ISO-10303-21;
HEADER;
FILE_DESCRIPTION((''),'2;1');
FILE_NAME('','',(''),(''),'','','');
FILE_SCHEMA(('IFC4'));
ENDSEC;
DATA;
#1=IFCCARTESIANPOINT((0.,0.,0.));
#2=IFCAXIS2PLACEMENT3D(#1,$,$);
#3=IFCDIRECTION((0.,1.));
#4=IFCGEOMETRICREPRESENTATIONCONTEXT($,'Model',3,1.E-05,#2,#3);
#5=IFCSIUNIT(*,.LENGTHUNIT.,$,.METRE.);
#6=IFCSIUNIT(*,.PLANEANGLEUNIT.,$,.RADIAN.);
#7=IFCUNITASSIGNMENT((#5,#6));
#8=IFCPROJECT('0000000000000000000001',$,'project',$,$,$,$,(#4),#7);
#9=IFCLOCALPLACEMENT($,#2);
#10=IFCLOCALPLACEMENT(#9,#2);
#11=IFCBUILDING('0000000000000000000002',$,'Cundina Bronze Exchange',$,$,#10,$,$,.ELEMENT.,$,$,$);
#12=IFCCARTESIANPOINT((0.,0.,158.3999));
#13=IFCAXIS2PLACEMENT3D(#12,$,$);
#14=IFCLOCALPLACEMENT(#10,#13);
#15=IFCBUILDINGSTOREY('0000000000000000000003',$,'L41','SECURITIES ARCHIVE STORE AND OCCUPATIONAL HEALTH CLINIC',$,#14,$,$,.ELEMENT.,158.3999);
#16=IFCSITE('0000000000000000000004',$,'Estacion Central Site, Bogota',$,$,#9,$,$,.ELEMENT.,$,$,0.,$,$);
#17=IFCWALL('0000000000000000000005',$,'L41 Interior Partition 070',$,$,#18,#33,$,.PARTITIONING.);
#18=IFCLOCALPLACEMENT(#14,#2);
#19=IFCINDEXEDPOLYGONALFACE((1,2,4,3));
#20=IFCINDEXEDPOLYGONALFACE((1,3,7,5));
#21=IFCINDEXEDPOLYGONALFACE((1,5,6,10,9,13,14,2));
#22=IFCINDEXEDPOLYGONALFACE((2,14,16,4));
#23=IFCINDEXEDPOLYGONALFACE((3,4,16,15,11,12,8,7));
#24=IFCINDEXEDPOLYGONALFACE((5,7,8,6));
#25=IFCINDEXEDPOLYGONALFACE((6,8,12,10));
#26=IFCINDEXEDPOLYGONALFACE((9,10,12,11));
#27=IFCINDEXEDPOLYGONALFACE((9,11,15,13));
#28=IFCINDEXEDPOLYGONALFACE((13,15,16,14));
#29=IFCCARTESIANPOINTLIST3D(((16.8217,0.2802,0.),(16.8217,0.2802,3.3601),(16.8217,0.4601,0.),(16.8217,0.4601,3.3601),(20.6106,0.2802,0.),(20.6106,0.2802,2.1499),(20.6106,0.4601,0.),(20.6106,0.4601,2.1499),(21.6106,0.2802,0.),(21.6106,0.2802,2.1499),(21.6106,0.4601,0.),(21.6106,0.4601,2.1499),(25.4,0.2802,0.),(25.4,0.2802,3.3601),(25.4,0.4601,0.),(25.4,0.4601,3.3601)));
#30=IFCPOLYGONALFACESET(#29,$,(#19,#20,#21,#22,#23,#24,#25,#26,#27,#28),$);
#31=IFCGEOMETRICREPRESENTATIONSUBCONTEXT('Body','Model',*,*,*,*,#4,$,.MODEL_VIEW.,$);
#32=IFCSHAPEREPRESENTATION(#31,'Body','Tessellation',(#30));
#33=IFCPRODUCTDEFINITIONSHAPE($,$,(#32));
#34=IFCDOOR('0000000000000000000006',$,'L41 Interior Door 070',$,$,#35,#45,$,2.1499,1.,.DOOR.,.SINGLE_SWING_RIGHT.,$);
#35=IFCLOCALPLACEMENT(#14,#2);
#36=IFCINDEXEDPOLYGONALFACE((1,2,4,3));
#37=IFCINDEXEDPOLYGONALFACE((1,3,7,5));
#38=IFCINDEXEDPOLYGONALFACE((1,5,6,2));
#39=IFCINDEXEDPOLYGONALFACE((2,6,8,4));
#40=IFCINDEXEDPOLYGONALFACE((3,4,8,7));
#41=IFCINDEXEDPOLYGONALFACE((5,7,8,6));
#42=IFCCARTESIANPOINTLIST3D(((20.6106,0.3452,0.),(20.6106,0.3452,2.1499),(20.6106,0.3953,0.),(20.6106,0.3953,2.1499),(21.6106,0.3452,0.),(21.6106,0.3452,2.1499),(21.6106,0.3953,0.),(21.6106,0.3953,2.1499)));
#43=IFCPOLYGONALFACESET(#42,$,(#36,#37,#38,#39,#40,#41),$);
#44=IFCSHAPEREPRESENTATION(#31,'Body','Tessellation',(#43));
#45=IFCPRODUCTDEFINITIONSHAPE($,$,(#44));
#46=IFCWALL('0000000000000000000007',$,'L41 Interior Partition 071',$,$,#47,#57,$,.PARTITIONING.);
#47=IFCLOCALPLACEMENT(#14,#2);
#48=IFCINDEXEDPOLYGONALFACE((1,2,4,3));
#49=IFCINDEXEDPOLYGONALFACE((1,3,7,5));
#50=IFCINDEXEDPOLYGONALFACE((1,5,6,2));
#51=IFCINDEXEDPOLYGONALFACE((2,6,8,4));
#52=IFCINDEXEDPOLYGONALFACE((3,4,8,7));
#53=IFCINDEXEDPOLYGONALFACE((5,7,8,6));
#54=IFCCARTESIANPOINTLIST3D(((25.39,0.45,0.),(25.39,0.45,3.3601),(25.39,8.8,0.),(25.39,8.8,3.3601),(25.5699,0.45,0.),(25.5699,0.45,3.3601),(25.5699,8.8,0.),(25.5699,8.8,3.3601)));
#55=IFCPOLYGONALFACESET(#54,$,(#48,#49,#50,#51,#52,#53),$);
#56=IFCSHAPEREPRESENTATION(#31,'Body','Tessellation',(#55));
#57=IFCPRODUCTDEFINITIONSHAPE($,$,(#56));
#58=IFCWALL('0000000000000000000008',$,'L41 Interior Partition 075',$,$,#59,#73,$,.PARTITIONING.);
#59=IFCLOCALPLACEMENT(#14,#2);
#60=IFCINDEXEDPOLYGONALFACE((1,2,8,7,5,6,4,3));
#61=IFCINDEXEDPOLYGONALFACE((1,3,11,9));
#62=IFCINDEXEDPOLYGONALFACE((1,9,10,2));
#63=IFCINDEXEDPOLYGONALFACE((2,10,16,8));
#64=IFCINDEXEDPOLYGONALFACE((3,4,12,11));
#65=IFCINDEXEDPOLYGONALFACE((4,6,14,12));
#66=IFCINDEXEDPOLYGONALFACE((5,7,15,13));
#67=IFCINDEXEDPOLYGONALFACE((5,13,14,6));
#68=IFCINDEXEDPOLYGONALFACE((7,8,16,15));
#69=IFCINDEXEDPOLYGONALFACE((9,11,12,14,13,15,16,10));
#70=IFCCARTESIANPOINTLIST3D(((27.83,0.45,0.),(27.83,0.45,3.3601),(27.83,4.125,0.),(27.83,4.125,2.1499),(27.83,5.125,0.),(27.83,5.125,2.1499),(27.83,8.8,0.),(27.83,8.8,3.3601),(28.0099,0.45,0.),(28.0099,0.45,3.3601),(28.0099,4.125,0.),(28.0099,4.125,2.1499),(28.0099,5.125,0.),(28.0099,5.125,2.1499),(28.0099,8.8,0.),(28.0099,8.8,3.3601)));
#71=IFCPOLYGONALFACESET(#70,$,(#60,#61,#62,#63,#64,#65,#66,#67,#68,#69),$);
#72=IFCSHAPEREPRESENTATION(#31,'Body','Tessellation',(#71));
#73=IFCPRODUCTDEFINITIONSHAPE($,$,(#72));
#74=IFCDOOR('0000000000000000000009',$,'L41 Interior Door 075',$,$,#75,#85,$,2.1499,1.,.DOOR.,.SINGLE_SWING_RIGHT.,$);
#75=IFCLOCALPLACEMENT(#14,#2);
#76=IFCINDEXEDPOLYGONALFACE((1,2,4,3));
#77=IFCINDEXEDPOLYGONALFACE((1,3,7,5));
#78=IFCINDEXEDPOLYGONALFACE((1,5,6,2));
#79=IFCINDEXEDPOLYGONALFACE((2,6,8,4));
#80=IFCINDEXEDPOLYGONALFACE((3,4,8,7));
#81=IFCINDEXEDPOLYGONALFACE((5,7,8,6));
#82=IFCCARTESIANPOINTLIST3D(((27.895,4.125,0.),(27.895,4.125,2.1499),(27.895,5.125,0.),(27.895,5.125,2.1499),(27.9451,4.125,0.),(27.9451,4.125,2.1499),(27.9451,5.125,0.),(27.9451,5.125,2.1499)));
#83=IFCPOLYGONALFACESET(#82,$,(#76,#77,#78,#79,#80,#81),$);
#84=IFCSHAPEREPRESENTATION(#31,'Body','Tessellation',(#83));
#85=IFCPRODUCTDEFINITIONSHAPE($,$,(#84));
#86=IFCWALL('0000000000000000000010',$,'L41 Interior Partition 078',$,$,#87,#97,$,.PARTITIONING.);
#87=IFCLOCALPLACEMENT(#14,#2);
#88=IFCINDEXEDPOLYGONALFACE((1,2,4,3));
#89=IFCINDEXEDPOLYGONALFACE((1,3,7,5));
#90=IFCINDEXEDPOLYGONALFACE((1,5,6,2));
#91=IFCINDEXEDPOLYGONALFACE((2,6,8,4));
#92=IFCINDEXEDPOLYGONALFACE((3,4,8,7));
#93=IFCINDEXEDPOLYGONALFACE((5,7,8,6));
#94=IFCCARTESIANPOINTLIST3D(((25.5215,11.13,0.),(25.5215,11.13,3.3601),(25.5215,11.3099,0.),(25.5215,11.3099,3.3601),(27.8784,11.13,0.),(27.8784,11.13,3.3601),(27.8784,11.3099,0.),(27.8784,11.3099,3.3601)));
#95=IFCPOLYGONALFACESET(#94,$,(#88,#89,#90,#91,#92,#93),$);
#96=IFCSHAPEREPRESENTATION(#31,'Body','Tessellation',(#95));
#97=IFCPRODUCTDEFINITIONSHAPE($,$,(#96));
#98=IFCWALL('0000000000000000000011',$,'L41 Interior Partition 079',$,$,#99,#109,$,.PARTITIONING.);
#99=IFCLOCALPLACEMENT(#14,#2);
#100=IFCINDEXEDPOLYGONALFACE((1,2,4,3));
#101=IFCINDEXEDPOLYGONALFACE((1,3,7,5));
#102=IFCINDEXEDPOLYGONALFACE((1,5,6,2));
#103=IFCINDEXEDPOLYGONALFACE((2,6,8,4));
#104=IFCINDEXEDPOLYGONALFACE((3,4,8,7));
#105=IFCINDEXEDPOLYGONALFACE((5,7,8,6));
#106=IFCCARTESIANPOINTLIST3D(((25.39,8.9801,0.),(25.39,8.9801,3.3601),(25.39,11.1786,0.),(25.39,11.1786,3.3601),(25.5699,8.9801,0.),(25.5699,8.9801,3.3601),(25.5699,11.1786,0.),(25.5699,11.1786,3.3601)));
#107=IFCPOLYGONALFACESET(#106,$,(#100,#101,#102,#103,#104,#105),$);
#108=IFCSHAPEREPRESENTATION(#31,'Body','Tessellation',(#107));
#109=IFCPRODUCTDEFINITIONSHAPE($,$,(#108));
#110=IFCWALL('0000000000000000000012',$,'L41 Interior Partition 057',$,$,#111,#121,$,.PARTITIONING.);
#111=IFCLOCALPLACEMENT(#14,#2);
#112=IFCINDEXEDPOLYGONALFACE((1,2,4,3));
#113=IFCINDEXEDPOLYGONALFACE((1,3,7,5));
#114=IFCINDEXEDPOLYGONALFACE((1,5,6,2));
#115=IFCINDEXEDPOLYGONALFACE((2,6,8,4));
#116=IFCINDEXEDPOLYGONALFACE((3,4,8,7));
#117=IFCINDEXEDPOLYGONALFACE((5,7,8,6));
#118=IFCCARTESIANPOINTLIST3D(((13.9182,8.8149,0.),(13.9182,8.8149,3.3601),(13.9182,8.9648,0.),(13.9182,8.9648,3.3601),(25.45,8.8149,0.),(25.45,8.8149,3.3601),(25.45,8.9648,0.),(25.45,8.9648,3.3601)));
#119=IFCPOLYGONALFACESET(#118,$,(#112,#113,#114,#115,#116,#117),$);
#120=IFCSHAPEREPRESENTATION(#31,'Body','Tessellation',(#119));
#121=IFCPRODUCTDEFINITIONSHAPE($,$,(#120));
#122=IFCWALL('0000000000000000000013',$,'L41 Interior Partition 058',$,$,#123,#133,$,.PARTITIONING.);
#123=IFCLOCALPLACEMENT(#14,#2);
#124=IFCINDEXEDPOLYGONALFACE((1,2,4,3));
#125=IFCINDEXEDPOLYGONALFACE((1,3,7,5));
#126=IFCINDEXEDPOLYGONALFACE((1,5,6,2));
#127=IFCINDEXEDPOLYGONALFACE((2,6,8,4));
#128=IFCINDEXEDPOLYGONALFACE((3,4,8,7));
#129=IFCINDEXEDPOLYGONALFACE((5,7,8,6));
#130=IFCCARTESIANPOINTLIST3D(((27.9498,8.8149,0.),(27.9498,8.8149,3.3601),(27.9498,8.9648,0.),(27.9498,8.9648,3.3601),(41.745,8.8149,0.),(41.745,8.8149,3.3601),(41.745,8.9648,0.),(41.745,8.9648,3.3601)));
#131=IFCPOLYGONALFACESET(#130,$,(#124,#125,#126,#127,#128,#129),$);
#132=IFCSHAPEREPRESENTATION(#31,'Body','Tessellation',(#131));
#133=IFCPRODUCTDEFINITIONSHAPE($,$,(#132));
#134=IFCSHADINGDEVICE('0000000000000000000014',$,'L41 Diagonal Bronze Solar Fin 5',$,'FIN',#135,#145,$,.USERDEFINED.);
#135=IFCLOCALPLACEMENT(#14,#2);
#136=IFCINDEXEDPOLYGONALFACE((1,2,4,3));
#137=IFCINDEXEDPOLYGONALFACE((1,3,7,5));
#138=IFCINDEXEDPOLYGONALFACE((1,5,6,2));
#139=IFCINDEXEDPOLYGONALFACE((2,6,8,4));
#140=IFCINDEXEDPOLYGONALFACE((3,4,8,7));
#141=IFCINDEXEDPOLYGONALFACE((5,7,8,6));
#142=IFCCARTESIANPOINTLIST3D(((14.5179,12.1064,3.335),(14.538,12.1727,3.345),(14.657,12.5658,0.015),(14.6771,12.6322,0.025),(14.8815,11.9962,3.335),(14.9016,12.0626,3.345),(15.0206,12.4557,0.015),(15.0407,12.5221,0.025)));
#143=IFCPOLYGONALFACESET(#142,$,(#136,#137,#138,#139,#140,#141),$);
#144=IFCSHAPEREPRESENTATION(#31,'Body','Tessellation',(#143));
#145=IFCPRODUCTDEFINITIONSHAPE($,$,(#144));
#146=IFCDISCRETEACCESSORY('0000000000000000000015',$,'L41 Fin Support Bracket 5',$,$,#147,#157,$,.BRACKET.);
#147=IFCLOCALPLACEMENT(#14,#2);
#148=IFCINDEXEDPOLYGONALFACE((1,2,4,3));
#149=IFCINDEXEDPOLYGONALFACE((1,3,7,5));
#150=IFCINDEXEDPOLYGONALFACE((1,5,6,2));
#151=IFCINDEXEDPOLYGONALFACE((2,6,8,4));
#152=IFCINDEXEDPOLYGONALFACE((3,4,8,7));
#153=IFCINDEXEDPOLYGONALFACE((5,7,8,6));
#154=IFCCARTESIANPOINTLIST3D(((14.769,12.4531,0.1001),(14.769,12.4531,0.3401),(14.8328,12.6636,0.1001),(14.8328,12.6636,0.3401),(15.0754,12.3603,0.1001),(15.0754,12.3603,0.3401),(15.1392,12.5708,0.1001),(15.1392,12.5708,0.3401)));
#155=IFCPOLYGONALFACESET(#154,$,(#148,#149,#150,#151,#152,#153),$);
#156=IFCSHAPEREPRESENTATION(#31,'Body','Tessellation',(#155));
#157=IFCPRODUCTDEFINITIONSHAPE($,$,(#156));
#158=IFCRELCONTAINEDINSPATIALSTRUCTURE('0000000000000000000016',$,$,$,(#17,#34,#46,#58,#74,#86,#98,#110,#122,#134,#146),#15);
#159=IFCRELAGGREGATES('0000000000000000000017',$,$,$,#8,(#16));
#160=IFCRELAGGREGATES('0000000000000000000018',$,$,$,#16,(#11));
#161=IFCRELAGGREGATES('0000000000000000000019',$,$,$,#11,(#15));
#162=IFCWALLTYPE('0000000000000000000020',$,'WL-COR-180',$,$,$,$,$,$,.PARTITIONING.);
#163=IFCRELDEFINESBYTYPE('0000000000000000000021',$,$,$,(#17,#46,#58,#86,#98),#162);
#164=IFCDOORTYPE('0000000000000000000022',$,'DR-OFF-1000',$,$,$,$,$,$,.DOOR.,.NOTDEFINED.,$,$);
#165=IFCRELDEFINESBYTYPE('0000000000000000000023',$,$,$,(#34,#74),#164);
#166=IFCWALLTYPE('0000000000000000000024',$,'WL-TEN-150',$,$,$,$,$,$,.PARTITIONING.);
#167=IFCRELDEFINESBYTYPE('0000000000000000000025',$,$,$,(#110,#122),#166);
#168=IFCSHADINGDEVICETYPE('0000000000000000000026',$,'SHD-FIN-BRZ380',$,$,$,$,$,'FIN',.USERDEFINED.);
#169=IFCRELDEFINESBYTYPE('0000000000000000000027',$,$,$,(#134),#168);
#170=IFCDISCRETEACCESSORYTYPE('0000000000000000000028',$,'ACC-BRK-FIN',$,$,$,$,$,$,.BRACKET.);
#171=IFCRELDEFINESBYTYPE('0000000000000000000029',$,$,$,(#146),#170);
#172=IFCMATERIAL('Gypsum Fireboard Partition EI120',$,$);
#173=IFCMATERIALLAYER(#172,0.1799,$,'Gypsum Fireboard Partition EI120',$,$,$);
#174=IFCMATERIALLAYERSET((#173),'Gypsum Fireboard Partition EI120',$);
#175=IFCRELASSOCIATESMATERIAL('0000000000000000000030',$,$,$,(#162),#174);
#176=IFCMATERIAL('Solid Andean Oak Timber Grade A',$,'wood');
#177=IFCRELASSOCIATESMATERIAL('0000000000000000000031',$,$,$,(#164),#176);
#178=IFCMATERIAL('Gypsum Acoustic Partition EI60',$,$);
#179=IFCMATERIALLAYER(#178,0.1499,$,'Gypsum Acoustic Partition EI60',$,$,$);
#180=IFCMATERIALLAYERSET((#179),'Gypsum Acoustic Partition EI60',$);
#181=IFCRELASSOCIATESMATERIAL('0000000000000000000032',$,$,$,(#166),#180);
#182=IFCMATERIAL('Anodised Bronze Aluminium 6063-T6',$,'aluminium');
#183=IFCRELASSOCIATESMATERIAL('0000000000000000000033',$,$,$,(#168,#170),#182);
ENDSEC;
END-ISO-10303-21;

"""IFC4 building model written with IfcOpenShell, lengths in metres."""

from ifc_helpers import new_model, si_unit, direction, frame, frame_2d, origin, origin_2d, place, context, subcontext, project, spatial, rectangle, extrude, material, layer, layer_set, material_profile, profile_set, type_object, element, fill, save


model = new_model("IFC4")

# Units and contexts
model_context = context("Model", 3, precision=1e-05, world=origin(), true_north=direction((0.0, 1.0)))
body_context = subcontext(model_context, "Body", "Model", "MODEL_VIEW")
ifc_project = project(units=[si_unit("LENGTHUNIT", "METRE"), si_unit("PLANEANGLEUNIT", "RADIAN")], contexts=[model_context])

# Site, building, storey
site_placement = place(None, origin())
site = spatial("IfcSite", under=ifc_project, at=site_placement, Name="Estacion Central Site, Bogota", CompositionType="ELEMENT", RefElevation=0.0)
building_placement = place(site_placement, origin())
building = spatial("IfcBuilding", under=site, at=building_placement, Name="Cundina Bronze Exchange", CompositionType="ELEMENT")
storey_placement = place(building_placement, frame((0.0, 0.0, 158.3999)))
storey = spatial("IfcBuildingStorey", under=building, at=storey_placement, Name="L41", Description="SECURITIES ARCHIVE STORE AND OCCUPATIONAL HEALTH CLINIC", CompositionType="ELEMENT", Elevation=158.3999)

# Shared definitions
ifc_material_1 = material(Name="Anodised Bronze Aluminium 6063-T6", Category="aluminium")

# Wall, opening, door
ifc_material_2 = material(Name="Gypsum Fireboard Partition EI120")
ifc_layer_1 = layer(ifc_material_2, 0.1799, Name="Gypsum Fireboard Partition EI120")
ifc_layer_set_1 = layer_set([ifc_layer_1], Name="Gypsum Fireboard Partition EI120")
wall_type_1 = type_object("IfcWallType", Name="WL-COR-180", PredefinedType="PARTITIONING", material=ifc_layer_set_1)
wall_1_placement = place(storey_placement, frame((25.3999, 0.3701, 0.0), z_axis=(0.0, 0.0, 1.0), x_axis=(-1.0, 0.0, 0.0)))
wall_1 = element("IfcWall", 1, at=wall_1_placement, inside=storey, type_object=wall_type_1, Name="L41 Interior Partition 070", PredefinedType="PARTITIONING", context=body_context, shape_type="SweptSolid", body=[
    extrude(rectangle(XDim=8.5784, YDim=0.1799, at=frame_2d((4.2891, 0.0))), origin(), (0.0, 0.0, 1.0), 3.3601),
])
opening_1_placement = place(wall_1_placement, frame((3.7893, 0.0, 0.0)))
opening_1 = element("IfcOpeningElement", 2, at=opening_1_placement, cuts=wall_1, PredefinedType="OPENING", context=body_context, shape_type="SweptSolid", body=[
    extrude(rectangle(XDim=1.0, YDim=2.1499, at=frame_2d((0.5, 1.075))), frame((0.0, 0.0999, 0.0), z_axis=(0.0, -1.0, 0.0), x_axis=(1.0, 0.0, 0.0)), (0.0, 0.0, 1.0), 0.2),
])
ifc_material_3 = material(Name="Solid Andean Oak Timber Grade A", Category="wood")
door_type = type_object("IfcDoorType", Name="DR-OFF-1000", OperationType="NOTDEFINED", PredefinedType="DOOR", material=ifc_material_3)
door_1_placement = place(opening_1_placement, origin())
door_1 = element("IfcDoor", 3, at=door_1_placement, inside=storey, type_object=door_type, Name="L41 Interior Door 070", OperationType="SINGLE_SWING_RIGHT", OverallHeight=2.1499, OverallWidth=1.0, PredefinedType="DOOR", context=body_context, shape_type="SweptSolid", body=[
    extrude(rectangle(XDim=1.0, YDim=2.1499, at=frame_2d((0.5, 1.075))), frame((0.0, 0.0249, 0.0), z_axis=(0.0, -1.0, 0.0), x_axis=(1.0, 0.0, 0.0)), (0.0, 0.0, 1.0), 0.05),
])
fill(opening_1, door_1)

# Wall
wall_2_placement = place(storey_placement, frame((25.48, 8.8, 0.0), z_axis=(0.0, 0.0, 1.0), x_axis=(0.0, -1.0, 0.0)))
element("IfcWall", 4, at=wall_2_placement, inside=storey, type_object=wall_type_1, Name="L41 Interior Partition 071", PredefinedType="PARTITIONING", context=body_context, shape_type="SweptSolid", body=[
    extrude(rectangle(XDim=8.3501, YDim=0.1799, at=frame_2d((4.175, 0.0))), origin(), (0.0, 0.0, 1.0), 3.3601),
])

# Wall, opening, door
wall_3_placement = place(storey_placement, frame((27.9199, 0.45, 0.0), z_axis=(0.0, 0.0, 1.0), x_axis=(0.0, 1.0, 0.0)))
wall_3 = element("IfcWall", 5, at=wall_3_placement, inside=storey, type_object=wall_type_1, Name="L41 Interior Partition 075", PredefinedType="PARTITIONING", context=body_context, shape_type="SweptSolid", body=[
    extrude(rectangle(XDim=8.3501, YDim=0.1799, at=frame_2d((4.175, 0.0))), origin(), (0.0, 0.0, 1.0), 3.3601),
])
opening_2_placement = place(wall_3_placement, frame((3.675, 0.0, 0.0)))
opening_2 = element("IfcOpeningElement", 6, at=opening_2_placement, cuts=wall_3, PredefinedType="OPENING", context=body_context, shape_type="SweptSolid", body=[
    extrude(rectangle(XDim=1.0, YDim=2.1499, at=frame_2d((0.5, 1.075))), frame((0.0, 0.0999, 0.0), z_axis=(0.0, -1.0, 0.0), x_axis=(1.0, 0.0, 0.0)), (0.0, 0.0, 1.0), 0.2),
])
door_2_placement = place(opening_2_placement, origin())
door_2 = element("IfcDoor", 7, at=door_2_placement, inside=storey, type_object=door_type, Name="L41 Interior Door 075", OperationType="SINGLE_SWING_RIGHT", OverallHeight=2.1499, OverallWidth=1.0, PredefinedType="DOOR", context=body_context, shape_type="SweptSolid", body=[
    extrude(rectangle(XDim=1.0, YDim=2.1499, at=frame_2d((0.5, 1.075))), frame((0.0, 0.0249, 0.0), z_axis=(0.0, -1.0, 0.0), x_axis=(1.0, 0.0, 0.0)), (0.0, 0.0, 1.0), 0.05),
])
fill(opening_2, door_2)

# Walls
wall_4_placement = place(storey_placement, frame((27.8784, 11.22, 0.0), z_axis=(0.0, 0.0, 1.0), x_axis=(-1.0, 0.0, 0.0)))
element("IfcWall", 8, at=wall_4_placement, inside=storey, type_object=wall_type_1, Name="L41 Interior Partition 078", PredefinedType="PARTITIONING", context=body_context, shape_type="SweptSolid", body=[
    extrude(rectangle(XDim=2.3569, YDim=0.1799, at=frame_2d((1.1785, 0.0))), origin(), (0.0, 0.0, 1.0), 3.3601),
])
wall_5_placement = place(storey_placement, frame((25.48, 11.1785, 0.0), z_axis=(0.0, 0.0, 1.0), x_axis=(0.0, -1.0, 0.0)))
element("IfcWall", 9, at=wall_5_placement, inside=storey, type_object=wall_type_1, Name="L41 Interior Partition 079", PredefinedType="PARTITIONING", context=body_context, shape_type="SweptSolid", body=[
    extrude(rectangle(XDim=2.1985, YDim=0.1799, at=frame_2d((1.0991, 0.0))), origin(), (0.0, 0.0, 1.0), 3.3601),
])

# Walls
ifc_material_4 = material(Name="Gypsum Acoustic Partition EI60")
ifc_layer_2 = layer(ifc_material_4, 0.1499, Name="Gypsum Acoustic Partition EI60")
ifc_layer_set_2 = layer_set([ifc_layer_2], Name="Gypsum Acoustic Partition EI60")
wall_type_2 = type_object("IfcWallType", Name="WL-TEN-150", PredefinedType="PARTITIONING", material=ifc_layer_set_2)
wall_6_placement = place(storey_placement, frame((13.9182, 8.8899, 0.0), z_axis=(0.0, 0.0, 1.0), x_axis=(1.0, 0.0, 0.0)))
element("IfcWall", 10, at=wall_6_placement, inside=storey, type_object=wall_type_2, Name="L41 Interior Partition 057", PredefinedType="PARTITIONING", context=body_context, shape_type="SweptSolid", body=[
    extrude(rectangle(XDim=11.5317, YDim=0.1499, at=frame_2d((5.7659, 0.0))), origin(), (0.0, 0.0, 1.0), 3.3601),
])
wall_7_placement = place(storey_placement, frame((27.95, 8.8899, 0.0), z_axis=(0.0, 0.0, 1.0), x_axis=(1.0, 0.0, 0.0)))
element("IfcWall", 11, at=wall_7_placement, inside=storey, type_object=wall_type_2, Name="L41 Interior Partition 058", PredefinedType="PARTITIONING", context=body_context, shape_type="SweptSolid", body=[
    extrude(rectangle(XDim=13.7952, YDim=0.1499, at=frame_2d((6.8975, 0.0))), origin(), (0.0, 0.0, 1.0), 3.3601),
])

# Shading device
ifc_material_profile_1 = material_profile(ifc_material_1, rectangle(XDim=0.0701, YDim=0.3799, at=origin_2d()), Name="FIN70X380", Category="aluminium")
ifc_profile_set_1 = profile_set([ifc_material_profile_1], Name="Anodised Bronze Aluminium 6063-T6")
shading_device_type = type_object("IfcShadingDeviceType", Name="SHD-FIN-BRZ380", ElementType="FIN", PredefinedType="USERDEFINED", material=ifc_profile_set_1)
shading_device_placement = place(storey_placement, frame((14.8489, 12.5439, 0.02), z_axis=(-0.041483, -0.136968, 0.989706), x_axis=(0.286883, 0.947216, 0.143112)))
element("IfcShadingDevice", 12, at=shading_device_placement, inside=storey, type_object=shading_device_type, Name="L41 Diagonal Bronze Solar Fin 5", ObjectType="FIN", PredefinedType="USERDEFINED", context=body_context, shape_type="SweptSolid", body=[
    extrude(rectangle(XDim=0.0701, YDim=0.3799, at=origin_2d()), origin(), (0.0, 0.0, 1.0), 3.3545),
])

# Discrete accessory
discrete_accessory_type = type_object("IfcDiscreteAccessoryType", Name="ACC-BRK-FIN", PredefinedType="BRACKET", material=ifc_material_1)
discrete_accessory_placement = place(storey_placement, frame((14.9541, 12.512, 0.1001), z_axis=(0.0, 0.0, 1.0), x_axis=(-0.290051, -0.957011, 0.0)))
element("IfcDiscreteAccessory", 13, at=discrete_accessory_placement, inside=storey, type_object=discrete_accessory_type, Name="L41 Fin Support Bracket 5", PredefinedType="BRACKET", context=body_context, shape_type="SweptSolid", body=[
    extrude(rectangle(XDim=0.22, YDim=0.3201, at=origin_2d()), origin(), (0.0, 0.0, 1.0), 0.24),
])

save(model, "model.ifc")
